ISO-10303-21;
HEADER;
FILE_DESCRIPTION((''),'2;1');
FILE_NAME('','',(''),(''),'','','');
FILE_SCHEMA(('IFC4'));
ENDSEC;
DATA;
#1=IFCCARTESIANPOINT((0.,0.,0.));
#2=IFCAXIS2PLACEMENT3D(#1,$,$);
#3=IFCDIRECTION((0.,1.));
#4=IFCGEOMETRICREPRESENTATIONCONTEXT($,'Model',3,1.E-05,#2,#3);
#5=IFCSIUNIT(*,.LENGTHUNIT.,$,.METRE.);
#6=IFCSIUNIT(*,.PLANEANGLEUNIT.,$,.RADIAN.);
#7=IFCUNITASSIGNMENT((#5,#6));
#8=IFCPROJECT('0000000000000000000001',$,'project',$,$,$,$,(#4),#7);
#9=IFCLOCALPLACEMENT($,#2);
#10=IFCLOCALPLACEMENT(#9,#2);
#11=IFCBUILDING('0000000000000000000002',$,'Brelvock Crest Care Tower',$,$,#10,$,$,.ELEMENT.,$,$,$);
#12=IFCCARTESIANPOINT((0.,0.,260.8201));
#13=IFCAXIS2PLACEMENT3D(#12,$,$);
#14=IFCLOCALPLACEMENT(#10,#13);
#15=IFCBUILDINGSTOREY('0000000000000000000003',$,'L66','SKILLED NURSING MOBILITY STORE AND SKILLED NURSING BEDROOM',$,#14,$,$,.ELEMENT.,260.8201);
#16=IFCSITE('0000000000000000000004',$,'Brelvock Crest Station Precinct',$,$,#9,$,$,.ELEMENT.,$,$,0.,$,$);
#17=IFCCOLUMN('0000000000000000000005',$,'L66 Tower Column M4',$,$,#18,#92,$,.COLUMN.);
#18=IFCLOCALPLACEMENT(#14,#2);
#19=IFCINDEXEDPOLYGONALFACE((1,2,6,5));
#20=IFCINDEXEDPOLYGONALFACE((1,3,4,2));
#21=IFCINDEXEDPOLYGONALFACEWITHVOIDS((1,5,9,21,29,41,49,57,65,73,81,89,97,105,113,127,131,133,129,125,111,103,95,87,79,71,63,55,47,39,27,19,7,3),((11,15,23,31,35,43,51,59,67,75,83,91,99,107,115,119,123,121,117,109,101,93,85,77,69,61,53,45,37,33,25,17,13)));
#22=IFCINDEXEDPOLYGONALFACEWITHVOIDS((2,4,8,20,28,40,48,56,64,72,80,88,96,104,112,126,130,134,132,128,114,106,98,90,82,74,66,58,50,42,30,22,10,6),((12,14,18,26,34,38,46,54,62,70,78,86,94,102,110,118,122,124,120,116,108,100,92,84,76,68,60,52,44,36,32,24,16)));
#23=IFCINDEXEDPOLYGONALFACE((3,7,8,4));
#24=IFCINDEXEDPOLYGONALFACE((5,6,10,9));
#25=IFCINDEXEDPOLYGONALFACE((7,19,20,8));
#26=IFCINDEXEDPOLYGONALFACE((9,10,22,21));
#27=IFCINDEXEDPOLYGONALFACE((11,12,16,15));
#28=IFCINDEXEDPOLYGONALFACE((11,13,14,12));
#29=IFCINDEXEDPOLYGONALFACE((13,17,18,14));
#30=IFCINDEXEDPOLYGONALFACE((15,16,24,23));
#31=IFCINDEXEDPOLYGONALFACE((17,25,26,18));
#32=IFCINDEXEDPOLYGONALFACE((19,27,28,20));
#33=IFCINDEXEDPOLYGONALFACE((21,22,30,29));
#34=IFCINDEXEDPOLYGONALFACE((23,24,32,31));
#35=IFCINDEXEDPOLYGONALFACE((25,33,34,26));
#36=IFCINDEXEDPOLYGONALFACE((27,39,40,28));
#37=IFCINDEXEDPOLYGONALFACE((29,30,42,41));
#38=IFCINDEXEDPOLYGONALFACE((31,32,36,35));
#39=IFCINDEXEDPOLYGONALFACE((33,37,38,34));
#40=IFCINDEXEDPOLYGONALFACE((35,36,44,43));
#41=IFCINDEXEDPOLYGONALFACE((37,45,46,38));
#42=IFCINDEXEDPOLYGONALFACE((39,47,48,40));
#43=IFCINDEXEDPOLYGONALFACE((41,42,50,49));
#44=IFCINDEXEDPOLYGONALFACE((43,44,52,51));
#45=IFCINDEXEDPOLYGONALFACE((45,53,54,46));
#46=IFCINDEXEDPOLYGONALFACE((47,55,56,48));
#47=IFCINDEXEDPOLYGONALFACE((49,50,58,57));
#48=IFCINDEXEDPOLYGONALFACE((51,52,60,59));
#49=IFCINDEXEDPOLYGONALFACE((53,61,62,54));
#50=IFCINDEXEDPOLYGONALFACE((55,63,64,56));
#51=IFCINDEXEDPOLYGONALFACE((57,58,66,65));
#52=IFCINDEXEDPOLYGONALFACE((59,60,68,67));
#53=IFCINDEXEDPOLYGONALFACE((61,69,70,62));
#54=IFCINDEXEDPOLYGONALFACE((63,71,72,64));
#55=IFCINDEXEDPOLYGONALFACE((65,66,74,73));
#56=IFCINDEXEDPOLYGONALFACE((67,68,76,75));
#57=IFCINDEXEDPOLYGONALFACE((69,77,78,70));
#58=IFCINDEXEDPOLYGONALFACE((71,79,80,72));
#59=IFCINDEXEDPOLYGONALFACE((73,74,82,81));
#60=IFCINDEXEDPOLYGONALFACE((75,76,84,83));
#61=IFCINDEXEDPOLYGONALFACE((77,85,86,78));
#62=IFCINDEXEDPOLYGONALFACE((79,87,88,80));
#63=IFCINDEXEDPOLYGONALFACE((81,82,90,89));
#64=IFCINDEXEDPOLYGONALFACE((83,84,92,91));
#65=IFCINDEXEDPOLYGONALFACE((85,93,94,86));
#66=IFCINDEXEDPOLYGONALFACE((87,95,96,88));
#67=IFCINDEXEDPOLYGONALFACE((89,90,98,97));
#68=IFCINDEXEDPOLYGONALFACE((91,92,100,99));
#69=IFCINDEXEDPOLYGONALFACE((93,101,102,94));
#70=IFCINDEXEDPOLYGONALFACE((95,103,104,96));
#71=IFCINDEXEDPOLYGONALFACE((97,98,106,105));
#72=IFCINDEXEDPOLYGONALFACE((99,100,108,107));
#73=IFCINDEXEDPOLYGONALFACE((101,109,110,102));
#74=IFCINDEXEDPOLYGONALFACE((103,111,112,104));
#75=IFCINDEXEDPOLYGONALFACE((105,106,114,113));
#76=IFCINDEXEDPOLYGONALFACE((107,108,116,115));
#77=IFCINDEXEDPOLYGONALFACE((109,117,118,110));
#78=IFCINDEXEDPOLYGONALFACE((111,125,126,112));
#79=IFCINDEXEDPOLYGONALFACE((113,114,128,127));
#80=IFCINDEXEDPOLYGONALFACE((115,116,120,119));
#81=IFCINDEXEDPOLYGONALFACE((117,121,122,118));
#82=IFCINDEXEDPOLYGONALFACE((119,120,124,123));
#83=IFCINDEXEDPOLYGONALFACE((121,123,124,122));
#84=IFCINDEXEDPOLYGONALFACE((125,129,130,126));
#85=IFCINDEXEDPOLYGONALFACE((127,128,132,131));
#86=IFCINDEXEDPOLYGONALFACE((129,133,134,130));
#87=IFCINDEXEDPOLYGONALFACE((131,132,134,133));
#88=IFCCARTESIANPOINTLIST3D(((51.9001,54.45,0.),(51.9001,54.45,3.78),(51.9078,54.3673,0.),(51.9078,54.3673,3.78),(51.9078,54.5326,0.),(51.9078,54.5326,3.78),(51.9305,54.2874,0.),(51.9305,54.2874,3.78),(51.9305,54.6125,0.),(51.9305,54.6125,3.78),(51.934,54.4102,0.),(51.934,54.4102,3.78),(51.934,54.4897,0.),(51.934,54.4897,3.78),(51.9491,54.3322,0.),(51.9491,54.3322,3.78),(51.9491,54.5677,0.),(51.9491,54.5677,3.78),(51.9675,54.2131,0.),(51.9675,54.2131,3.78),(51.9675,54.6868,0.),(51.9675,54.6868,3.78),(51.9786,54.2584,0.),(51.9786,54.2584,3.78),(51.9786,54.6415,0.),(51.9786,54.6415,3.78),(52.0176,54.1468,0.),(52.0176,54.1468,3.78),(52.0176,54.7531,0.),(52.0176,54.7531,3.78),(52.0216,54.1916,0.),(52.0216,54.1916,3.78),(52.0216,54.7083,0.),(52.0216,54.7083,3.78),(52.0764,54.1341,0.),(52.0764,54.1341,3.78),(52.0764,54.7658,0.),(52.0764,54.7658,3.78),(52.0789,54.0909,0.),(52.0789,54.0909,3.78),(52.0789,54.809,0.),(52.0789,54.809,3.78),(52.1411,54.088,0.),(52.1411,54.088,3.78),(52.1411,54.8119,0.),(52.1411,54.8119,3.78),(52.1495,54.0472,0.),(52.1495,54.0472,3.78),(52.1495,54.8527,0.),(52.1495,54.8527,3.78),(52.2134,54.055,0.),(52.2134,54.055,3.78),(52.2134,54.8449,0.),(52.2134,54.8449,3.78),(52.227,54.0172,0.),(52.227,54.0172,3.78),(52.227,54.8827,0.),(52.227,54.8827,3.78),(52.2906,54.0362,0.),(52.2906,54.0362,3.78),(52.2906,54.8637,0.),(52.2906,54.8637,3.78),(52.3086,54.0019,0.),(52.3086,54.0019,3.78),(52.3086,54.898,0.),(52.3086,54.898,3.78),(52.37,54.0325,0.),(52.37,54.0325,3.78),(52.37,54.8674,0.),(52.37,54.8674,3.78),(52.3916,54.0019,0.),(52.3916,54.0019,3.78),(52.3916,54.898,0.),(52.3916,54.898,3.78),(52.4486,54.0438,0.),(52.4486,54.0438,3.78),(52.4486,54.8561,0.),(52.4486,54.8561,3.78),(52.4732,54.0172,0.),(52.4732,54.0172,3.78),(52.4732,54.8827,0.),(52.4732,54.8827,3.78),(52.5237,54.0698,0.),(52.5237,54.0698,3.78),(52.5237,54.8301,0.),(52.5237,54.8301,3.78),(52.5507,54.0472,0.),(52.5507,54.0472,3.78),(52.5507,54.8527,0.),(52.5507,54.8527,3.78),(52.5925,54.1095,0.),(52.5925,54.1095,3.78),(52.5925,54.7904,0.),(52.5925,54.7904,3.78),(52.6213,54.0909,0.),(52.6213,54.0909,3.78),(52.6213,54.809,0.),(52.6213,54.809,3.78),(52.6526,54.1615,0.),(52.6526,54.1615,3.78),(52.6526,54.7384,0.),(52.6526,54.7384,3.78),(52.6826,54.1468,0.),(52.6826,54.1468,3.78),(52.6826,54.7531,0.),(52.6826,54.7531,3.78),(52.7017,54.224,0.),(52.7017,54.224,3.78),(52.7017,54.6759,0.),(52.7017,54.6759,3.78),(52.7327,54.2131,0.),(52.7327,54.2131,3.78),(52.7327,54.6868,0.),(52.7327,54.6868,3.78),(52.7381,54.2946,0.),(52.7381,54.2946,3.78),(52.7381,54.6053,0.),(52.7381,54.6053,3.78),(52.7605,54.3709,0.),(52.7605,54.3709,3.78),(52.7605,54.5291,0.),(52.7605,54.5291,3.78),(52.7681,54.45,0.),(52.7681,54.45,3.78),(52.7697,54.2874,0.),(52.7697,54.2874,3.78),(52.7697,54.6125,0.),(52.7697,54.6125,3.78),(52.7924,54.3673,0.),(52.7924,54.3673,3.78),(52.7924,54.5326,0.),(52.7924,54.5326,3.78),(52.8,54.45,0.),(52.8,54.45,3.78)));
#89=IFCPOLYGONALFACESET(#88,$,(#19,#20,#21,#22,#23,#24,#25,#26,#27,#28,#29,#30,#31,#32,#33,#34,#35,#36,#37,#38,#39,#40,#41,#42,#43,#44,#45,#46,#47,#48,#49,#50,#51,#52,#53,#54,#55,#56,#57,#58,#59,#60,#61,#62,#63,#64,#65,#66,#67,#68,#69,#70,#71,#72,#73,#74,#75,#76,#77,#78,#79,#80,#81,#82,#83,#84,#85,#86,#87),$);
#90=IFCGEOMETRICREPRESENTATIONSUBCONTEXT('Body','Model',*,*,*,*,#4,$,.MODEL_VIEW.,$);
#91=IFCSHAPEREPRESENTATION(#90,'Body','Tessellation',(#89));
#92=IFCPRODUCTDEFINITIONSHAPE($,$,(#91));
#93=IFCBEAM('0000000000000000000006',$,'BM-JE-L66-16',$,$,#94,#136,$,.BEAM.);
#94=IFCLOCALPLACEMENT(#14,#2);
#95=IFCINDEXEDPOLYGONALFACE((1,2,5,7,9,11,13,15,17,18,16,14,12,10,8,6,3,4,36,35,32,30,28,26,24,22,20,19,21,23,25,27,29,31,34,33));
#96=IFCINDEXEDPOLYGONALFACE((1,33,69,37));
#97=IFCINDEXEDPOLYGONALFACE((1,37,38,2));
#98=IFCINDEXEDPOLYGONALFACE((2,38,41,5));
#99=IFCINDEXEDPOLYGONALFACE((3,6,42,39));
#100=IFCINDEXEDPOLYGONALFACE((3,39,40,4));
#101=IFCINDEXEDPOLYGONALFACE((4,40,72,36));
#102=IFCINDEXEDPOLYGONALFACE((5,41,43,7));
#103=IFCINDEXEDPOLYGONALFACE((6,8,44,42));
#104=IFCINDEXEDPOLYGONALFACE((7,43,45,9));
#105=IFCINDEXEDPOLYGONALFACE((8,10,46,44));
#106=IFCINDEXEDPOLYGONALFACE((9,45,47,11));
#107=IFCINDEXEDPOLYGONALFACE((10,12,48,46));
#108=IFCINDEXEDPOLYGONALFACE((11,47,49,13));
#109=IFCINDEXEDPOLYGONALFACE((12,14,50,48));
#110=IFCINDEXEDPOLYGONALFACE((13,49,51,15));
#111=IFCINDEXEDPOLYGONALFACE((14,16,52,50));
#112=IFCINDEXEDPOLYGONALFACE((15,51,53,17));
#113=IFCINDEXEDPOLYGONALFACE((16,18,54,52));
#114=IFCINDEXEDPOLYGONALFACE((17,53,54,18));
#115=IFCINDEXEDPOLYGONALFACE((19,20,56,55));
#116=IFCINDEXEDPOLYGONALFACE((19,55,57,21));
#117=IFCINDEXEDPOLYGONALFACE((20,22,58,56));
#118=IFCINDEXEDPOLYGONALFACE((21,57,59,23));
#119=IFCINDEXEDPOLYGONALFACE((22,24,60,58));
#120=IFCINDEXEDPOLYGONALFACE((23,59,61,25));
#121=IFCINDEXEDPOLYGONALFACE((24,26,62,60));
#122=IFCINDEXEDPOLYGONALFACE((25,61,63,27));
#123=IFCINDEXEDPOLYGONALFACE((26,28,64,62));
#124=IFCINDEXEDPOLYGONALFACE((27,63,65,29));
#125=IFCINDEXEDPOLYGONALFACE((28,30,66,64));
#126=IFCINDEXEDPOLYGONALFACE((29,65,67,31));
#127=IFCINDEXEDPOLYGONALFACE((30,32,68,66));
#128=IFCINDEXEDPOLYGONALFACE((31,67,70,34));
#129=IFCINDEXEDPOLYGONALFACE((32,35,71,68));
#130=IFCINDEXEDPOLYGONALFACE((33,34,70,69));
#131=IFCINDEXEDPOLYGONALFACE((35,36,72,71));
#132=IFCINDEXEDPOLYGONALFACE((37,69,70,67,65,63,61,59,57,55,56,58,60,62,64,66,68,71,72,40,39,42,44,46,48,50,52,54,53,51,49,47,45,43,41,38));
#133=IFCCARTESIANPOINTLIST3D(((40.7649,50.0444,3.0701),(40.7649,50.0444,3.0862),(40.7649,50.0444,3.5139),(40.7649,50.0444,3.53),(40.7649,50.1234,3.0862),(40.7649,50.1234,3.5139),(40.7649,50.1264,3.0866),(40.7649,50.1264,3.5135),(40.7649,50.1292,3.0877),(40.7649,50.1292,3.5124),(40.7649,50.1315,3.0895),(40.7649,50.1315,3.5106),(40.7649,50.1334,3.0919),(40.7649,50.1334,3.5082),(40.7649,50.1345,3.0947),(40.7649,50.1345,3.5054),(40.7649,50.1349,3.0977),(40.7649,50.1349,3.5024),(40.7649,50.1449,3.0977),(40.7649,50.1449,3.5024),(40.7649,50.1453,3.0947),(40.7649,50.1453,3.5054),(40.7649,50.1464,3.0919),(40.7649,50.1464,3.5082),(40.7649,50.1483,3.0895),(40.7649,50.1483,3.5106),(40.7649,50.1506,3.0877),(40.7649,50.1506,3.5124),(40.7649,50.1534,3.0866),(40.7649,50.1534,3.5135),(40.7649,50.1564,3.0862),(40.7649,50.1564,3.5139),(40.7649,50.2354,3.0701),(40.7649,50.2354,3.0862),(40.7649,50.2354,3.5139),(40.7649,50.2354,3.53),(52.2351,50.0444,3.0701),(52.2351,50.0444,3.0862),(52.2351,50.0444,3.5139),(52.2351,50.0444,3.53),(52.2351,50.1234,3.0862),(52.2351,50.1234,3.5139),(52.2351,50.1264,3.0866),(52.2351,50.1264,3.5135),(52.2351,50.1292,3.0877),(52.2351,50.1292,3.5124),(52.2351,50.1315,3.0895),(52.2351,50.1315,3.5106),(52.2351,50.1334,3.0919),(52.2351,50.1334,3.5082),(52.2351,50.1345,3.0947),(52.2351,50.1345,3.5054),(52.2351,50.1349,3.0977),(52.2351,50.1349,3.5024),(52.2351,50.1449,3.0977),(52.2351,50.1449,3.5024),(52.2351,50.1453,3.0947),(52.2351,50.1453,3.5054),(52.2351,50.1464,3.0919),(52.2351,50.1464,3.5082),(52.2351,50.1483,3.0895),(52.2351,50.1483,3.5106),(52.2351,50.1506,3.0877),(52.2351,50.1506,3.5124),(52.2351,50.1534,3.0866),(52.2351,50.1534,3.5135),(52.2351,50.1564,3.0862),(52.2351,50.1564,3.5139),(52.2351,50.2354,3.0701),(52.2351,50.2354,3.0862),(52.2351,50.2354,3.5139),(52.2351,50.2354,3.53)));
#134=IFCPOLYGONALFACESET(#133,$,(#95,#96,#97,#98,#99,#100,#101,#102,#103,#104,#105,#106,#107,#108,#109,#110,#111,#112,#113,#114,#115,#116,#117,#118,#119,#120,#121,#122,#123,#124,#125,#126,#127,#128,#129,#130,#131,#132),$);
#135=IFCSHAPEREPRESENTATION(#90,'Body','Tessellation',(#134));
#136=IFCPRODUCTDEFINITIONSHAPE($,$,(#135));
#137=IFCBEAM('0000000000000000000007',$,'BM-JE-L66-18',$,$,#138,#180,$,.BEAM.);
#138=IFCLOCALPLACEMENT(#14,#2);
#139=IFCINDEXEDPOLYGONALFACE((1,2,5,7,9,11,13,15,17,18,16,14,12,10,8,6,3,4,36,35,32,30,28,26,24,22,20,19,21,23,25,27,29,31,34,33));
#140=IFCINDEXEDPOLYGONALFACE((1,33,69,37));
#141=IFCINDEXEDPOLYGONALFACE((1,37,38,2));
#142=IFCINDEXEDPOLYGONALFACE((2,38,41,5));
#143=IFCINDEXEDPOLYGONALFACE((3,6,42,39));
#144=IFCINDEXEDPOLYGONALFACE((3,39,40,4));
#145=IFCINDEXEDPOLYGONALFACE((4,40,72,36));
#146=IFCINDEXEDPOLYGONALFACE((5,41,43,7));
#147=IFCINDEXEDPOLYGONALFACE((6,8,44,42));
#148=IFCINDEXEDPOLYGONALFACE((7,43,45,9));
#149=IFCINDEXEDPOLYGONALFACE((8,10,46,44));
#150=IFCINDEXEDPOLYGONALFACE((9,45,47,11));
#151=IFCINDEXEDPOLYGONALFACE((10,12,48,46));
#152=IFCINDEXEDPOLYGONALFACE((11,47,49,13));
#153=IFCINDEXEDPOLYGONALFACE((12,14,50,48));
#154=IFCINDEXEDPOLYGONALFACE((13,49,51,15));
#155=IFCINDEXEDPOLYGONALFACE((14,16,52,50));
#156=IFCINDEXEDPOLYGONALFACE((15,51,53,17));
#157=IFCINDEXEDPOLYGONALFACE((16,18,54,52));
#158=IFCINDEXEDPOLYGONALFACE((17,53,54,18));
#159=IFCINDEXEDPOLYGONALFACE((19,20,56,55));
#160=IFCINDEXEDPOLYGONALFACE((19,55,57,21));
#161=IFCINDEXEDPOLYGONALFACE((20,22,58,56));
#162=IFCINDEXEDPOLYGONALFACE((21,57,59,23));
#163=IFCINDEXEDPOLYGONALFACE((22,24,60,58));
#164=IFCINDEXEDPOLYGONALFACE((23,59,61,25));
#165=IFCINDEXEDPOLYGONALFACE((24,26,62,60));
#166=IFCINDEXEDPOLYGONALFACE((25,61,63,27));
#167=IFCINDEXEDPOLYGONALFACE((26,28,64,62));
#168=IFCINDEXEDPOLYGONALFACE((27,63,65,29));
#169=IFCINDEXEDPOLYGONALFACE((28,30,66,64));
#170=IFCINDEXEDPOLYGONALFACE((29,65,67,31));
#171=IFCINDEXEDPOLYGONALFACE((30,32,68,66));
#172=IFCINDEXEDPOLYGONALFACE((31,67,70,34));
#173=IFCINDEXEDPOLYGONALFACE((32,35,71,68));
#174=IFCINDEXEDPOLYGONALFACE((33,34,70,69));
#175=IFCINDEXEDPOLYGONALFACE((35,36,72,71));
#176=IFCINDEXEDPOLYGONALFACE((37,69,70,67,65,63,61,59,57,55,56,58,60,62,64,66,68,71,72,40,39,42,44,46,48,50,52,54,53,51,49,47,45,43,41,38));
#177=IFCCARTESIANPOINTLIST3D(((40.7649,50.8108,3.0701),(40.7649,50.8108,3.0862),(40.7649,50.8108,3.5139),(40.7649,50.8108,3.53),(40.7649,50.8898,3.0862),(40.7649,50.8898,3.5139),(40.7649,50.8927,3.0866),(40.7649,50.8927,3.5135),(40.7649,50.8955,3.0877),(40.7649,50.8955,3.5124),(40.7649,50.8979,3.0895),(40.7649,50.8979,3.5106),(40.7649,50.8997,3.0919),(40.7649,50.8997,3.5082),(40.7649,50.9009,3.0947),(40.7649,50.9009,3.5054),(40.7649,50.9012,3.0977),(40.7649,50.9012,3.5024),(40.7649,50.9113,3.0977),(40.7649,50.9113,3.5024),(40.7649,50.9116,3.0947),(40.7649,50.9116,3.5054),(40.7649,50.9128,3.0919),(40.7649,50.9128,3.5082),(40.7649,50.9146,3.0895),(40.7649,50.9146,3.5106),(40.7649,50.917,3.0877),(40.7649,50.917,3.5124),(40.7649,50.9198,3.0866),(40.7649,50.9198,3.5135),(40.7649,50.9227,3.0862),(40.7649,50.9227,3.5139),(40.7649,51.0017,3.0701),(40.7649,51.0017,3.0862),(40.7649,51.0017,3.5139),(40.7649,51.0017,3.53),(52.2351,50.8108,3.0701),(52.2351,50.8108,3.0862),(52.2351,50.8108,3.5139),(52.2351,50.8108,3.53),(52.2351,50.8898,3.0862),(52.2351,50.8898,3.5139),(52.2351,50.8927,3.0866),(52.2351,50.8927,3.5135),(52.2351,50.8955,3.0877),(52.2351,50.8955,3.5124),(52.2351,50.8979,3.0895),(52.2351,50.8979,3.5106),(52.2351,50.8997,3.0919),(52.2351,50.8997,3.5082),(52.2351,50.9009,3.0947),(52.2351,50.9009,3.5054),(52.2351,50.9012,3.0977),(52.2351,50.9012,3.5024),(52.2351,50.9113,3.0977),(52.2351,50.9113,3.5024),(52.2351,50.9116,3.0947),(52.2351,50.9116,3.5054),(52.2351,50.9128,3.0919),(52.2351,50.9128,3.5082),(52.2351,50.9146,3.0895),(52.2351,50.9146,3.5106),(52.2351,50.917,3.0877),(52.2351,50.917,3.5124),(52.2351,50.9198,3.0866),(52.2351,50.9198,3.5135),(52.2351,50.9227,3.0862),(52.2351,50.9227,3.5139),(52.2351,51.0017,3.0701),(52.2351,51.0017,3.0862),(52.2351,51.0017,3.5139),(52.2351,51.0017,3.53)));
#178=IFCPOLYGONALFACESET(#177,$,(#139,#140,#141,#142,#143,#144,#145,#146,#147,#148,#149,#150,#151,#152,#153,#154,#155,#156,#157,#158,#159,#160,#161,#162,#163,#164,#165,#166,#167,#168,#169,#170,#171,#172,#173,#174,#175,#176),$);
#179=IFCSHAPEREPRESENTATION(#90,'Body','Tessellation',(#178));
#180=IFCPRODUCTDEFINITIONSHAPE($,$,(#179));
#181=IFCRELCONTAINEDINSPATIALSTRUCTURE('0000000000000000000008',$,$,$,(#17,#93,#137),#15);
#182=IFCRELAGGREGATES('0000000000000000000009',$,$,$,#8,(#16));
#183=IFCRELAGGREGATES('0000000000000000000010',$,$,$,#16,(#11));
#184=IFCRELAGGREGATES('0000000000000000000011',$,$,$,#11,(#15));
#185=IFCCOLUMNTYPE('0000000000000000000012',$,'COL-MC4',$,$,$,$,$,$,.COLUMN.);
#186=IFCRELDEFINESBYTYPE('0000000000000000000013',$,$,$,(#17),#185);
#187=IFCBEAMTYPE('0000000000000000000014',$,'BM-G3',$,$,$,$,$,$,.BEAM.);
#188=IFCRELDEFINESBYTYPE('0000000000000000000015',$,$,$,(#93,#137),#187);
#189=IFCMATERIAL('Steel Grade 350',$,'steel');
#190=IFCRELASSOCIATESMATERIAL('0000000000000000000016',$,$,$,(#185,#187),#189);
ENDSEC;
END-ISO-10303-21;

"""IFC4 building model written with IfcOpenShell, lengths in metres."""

from ifc_helpers import new_model, si_unit, direction, frame, origin, origin_2d, place, context, subcontext, project, spatial, hollow_circle, i_section, extrude, source, transform, mapped, material, material_profile, profile_set, type_object, element, save


model = new_model("IFC4")

# Units and contexts
model_context = context("Model", 3, precision=1e-05, world=origin(), true_north=direction((0.0, 1.0)))
body_context = subcontext(model_context, "Body", "Model", "MODEL_VIEW")
ifc_project = project(units=[si_unit("LENGTHUNIT", "METRE"), si_unit("PLANEANGLEUNIT", "RADIAN")], contexts=[model_context])

# Site, building, storey
site_placement = place(None, origin())
site = spatial("IfcSite", under=ifc_project, at=site_placement, Name="Brelvock Crest Station Precinct", CompositionType="ELEMENT", RefElevation=0.0)
building_placement = place(site_placement, origin())
building = spatial("IfcBuilding", under=site, at=building_placement, Name="Brelvock Crest Care Tower", CompositionType="ELEMENT")
storey_placement = place(building_placement, frame((0.0, 0.0, 260.8201)))
storey = spatial("IfcBuildingStorey", under=building, at=storey_placement, Name="L66", Description="SKILLED NURSING MOBILITY STORE AND SKILLED NURSING BEDROOM", CompositionType="ELEMENT", Elevation=260.8201)

# Column
ifc_material_1 = material(Name="Steel Grade 350", Category="steel")
ifc_material_profile_1 = material_profile(ifc_material_1, hollow_circle(Radius=0.45, WallThickness=0.032, at=origin_2d()), Name="CFT900x32")
ifc_profile_set_1 = profile_set([ifc_material_profile_1], Name="Steel Grade 350")
column_type = type_object("IfcColumnType", Name="COL-MC4", PredefinedType="COLUMN", material=ifc_profile_set_1)
shared_shape_1 = source(origin(), body_context, "Body", "SweptSolid", [
    extrude(hollow_circle(Radius=0.45, WallThickness=0.032, at=origin_2d()), origin(), (0.0, 0.0, 1.0), 3.78),
])
column_placement = place(storey_placement, frame((52.3501, 54.45, 0.0), z_axis=(0.0, 0.0, 1.0), x_axis=(1.0, 0.0, 0.0)))
element("IfcColumn", 1, at=column_placement, inside=storey, type_object=column_type, Name="L66 Tower Column M4", PredefinedType="COLUMN", context=body_context, shape_type="MappedRepresentation", body=[
    mapped(shared_shape_1, transform((0.0, 0.0, 0.0), x_axis=(1.0, 0.0, 0.0), y_axis=(0.0, 1.0, 0.0), z_axis=(0.0, 0.0, 1.0), scale=1.0)),
])

# Beams
ifc_material_profile_2 = material_profile(ifc_material_1, i_section(OverallWidth=0.1909, OverallDepth=0.46, WebThickness=0.01, FlangeThickness=0.0161, FilletRadius=0.0115, at=origin_2d()), Name="460UB82.1")
ifc_profile_set_2 = profile_set([ifc_material_profile_2], Name="Steel Grade 350")
beam_type_1 = type_object("IfcBeamType", Name="BM-G3", PredefinedType="BEAM", material=ifc_profile_set_2)
shared_shape_2 = source(origin(), body_context, "Body", "SweptSolid", [
    extrude(i_section(OverallWidth=0.1909, OverallDepth=0.46, WebThickness=0.01, FlangeThickness=0.0161, FilletRadius=0.0115, at=origin_2d()), origin(), (0.0, 0.0, 1.0), 11.4702),
])
for number, where, z_axis, x_axis, name in (
    (2, (40.7649, 50.1399, 3.3), (1.0, 0.0, 0.0), (0.0, 1.0, 0.0), "BM-JE-L66-16"),
    (3, (40.7649, 50.9062, 3.3), (1.0, 0.0, 0.0), (0.0, 1.0, 0.0), "BM-JE-L66-18"),
):
    element("IfcBeam", number, at=place(storey_placement, frame(where, z_axis=z_axis, x_axis=x_axis)), inside=storey, type_object=beam_type_1, Name=name, PredefinedType="BEAM", context=body_context, shape_type="MappedRepresentation", body=[
        mapped(shared_shape_2, transform((0.0, 0.0, 0.0), x_axis=(1.0, 0.0, 0.0), y_axis=(0.0, 1.0, 0.0), z_axis=(0.0, 0.0, 1.0), scale=1.0)),
    ])

save(model, "model.ifc")
